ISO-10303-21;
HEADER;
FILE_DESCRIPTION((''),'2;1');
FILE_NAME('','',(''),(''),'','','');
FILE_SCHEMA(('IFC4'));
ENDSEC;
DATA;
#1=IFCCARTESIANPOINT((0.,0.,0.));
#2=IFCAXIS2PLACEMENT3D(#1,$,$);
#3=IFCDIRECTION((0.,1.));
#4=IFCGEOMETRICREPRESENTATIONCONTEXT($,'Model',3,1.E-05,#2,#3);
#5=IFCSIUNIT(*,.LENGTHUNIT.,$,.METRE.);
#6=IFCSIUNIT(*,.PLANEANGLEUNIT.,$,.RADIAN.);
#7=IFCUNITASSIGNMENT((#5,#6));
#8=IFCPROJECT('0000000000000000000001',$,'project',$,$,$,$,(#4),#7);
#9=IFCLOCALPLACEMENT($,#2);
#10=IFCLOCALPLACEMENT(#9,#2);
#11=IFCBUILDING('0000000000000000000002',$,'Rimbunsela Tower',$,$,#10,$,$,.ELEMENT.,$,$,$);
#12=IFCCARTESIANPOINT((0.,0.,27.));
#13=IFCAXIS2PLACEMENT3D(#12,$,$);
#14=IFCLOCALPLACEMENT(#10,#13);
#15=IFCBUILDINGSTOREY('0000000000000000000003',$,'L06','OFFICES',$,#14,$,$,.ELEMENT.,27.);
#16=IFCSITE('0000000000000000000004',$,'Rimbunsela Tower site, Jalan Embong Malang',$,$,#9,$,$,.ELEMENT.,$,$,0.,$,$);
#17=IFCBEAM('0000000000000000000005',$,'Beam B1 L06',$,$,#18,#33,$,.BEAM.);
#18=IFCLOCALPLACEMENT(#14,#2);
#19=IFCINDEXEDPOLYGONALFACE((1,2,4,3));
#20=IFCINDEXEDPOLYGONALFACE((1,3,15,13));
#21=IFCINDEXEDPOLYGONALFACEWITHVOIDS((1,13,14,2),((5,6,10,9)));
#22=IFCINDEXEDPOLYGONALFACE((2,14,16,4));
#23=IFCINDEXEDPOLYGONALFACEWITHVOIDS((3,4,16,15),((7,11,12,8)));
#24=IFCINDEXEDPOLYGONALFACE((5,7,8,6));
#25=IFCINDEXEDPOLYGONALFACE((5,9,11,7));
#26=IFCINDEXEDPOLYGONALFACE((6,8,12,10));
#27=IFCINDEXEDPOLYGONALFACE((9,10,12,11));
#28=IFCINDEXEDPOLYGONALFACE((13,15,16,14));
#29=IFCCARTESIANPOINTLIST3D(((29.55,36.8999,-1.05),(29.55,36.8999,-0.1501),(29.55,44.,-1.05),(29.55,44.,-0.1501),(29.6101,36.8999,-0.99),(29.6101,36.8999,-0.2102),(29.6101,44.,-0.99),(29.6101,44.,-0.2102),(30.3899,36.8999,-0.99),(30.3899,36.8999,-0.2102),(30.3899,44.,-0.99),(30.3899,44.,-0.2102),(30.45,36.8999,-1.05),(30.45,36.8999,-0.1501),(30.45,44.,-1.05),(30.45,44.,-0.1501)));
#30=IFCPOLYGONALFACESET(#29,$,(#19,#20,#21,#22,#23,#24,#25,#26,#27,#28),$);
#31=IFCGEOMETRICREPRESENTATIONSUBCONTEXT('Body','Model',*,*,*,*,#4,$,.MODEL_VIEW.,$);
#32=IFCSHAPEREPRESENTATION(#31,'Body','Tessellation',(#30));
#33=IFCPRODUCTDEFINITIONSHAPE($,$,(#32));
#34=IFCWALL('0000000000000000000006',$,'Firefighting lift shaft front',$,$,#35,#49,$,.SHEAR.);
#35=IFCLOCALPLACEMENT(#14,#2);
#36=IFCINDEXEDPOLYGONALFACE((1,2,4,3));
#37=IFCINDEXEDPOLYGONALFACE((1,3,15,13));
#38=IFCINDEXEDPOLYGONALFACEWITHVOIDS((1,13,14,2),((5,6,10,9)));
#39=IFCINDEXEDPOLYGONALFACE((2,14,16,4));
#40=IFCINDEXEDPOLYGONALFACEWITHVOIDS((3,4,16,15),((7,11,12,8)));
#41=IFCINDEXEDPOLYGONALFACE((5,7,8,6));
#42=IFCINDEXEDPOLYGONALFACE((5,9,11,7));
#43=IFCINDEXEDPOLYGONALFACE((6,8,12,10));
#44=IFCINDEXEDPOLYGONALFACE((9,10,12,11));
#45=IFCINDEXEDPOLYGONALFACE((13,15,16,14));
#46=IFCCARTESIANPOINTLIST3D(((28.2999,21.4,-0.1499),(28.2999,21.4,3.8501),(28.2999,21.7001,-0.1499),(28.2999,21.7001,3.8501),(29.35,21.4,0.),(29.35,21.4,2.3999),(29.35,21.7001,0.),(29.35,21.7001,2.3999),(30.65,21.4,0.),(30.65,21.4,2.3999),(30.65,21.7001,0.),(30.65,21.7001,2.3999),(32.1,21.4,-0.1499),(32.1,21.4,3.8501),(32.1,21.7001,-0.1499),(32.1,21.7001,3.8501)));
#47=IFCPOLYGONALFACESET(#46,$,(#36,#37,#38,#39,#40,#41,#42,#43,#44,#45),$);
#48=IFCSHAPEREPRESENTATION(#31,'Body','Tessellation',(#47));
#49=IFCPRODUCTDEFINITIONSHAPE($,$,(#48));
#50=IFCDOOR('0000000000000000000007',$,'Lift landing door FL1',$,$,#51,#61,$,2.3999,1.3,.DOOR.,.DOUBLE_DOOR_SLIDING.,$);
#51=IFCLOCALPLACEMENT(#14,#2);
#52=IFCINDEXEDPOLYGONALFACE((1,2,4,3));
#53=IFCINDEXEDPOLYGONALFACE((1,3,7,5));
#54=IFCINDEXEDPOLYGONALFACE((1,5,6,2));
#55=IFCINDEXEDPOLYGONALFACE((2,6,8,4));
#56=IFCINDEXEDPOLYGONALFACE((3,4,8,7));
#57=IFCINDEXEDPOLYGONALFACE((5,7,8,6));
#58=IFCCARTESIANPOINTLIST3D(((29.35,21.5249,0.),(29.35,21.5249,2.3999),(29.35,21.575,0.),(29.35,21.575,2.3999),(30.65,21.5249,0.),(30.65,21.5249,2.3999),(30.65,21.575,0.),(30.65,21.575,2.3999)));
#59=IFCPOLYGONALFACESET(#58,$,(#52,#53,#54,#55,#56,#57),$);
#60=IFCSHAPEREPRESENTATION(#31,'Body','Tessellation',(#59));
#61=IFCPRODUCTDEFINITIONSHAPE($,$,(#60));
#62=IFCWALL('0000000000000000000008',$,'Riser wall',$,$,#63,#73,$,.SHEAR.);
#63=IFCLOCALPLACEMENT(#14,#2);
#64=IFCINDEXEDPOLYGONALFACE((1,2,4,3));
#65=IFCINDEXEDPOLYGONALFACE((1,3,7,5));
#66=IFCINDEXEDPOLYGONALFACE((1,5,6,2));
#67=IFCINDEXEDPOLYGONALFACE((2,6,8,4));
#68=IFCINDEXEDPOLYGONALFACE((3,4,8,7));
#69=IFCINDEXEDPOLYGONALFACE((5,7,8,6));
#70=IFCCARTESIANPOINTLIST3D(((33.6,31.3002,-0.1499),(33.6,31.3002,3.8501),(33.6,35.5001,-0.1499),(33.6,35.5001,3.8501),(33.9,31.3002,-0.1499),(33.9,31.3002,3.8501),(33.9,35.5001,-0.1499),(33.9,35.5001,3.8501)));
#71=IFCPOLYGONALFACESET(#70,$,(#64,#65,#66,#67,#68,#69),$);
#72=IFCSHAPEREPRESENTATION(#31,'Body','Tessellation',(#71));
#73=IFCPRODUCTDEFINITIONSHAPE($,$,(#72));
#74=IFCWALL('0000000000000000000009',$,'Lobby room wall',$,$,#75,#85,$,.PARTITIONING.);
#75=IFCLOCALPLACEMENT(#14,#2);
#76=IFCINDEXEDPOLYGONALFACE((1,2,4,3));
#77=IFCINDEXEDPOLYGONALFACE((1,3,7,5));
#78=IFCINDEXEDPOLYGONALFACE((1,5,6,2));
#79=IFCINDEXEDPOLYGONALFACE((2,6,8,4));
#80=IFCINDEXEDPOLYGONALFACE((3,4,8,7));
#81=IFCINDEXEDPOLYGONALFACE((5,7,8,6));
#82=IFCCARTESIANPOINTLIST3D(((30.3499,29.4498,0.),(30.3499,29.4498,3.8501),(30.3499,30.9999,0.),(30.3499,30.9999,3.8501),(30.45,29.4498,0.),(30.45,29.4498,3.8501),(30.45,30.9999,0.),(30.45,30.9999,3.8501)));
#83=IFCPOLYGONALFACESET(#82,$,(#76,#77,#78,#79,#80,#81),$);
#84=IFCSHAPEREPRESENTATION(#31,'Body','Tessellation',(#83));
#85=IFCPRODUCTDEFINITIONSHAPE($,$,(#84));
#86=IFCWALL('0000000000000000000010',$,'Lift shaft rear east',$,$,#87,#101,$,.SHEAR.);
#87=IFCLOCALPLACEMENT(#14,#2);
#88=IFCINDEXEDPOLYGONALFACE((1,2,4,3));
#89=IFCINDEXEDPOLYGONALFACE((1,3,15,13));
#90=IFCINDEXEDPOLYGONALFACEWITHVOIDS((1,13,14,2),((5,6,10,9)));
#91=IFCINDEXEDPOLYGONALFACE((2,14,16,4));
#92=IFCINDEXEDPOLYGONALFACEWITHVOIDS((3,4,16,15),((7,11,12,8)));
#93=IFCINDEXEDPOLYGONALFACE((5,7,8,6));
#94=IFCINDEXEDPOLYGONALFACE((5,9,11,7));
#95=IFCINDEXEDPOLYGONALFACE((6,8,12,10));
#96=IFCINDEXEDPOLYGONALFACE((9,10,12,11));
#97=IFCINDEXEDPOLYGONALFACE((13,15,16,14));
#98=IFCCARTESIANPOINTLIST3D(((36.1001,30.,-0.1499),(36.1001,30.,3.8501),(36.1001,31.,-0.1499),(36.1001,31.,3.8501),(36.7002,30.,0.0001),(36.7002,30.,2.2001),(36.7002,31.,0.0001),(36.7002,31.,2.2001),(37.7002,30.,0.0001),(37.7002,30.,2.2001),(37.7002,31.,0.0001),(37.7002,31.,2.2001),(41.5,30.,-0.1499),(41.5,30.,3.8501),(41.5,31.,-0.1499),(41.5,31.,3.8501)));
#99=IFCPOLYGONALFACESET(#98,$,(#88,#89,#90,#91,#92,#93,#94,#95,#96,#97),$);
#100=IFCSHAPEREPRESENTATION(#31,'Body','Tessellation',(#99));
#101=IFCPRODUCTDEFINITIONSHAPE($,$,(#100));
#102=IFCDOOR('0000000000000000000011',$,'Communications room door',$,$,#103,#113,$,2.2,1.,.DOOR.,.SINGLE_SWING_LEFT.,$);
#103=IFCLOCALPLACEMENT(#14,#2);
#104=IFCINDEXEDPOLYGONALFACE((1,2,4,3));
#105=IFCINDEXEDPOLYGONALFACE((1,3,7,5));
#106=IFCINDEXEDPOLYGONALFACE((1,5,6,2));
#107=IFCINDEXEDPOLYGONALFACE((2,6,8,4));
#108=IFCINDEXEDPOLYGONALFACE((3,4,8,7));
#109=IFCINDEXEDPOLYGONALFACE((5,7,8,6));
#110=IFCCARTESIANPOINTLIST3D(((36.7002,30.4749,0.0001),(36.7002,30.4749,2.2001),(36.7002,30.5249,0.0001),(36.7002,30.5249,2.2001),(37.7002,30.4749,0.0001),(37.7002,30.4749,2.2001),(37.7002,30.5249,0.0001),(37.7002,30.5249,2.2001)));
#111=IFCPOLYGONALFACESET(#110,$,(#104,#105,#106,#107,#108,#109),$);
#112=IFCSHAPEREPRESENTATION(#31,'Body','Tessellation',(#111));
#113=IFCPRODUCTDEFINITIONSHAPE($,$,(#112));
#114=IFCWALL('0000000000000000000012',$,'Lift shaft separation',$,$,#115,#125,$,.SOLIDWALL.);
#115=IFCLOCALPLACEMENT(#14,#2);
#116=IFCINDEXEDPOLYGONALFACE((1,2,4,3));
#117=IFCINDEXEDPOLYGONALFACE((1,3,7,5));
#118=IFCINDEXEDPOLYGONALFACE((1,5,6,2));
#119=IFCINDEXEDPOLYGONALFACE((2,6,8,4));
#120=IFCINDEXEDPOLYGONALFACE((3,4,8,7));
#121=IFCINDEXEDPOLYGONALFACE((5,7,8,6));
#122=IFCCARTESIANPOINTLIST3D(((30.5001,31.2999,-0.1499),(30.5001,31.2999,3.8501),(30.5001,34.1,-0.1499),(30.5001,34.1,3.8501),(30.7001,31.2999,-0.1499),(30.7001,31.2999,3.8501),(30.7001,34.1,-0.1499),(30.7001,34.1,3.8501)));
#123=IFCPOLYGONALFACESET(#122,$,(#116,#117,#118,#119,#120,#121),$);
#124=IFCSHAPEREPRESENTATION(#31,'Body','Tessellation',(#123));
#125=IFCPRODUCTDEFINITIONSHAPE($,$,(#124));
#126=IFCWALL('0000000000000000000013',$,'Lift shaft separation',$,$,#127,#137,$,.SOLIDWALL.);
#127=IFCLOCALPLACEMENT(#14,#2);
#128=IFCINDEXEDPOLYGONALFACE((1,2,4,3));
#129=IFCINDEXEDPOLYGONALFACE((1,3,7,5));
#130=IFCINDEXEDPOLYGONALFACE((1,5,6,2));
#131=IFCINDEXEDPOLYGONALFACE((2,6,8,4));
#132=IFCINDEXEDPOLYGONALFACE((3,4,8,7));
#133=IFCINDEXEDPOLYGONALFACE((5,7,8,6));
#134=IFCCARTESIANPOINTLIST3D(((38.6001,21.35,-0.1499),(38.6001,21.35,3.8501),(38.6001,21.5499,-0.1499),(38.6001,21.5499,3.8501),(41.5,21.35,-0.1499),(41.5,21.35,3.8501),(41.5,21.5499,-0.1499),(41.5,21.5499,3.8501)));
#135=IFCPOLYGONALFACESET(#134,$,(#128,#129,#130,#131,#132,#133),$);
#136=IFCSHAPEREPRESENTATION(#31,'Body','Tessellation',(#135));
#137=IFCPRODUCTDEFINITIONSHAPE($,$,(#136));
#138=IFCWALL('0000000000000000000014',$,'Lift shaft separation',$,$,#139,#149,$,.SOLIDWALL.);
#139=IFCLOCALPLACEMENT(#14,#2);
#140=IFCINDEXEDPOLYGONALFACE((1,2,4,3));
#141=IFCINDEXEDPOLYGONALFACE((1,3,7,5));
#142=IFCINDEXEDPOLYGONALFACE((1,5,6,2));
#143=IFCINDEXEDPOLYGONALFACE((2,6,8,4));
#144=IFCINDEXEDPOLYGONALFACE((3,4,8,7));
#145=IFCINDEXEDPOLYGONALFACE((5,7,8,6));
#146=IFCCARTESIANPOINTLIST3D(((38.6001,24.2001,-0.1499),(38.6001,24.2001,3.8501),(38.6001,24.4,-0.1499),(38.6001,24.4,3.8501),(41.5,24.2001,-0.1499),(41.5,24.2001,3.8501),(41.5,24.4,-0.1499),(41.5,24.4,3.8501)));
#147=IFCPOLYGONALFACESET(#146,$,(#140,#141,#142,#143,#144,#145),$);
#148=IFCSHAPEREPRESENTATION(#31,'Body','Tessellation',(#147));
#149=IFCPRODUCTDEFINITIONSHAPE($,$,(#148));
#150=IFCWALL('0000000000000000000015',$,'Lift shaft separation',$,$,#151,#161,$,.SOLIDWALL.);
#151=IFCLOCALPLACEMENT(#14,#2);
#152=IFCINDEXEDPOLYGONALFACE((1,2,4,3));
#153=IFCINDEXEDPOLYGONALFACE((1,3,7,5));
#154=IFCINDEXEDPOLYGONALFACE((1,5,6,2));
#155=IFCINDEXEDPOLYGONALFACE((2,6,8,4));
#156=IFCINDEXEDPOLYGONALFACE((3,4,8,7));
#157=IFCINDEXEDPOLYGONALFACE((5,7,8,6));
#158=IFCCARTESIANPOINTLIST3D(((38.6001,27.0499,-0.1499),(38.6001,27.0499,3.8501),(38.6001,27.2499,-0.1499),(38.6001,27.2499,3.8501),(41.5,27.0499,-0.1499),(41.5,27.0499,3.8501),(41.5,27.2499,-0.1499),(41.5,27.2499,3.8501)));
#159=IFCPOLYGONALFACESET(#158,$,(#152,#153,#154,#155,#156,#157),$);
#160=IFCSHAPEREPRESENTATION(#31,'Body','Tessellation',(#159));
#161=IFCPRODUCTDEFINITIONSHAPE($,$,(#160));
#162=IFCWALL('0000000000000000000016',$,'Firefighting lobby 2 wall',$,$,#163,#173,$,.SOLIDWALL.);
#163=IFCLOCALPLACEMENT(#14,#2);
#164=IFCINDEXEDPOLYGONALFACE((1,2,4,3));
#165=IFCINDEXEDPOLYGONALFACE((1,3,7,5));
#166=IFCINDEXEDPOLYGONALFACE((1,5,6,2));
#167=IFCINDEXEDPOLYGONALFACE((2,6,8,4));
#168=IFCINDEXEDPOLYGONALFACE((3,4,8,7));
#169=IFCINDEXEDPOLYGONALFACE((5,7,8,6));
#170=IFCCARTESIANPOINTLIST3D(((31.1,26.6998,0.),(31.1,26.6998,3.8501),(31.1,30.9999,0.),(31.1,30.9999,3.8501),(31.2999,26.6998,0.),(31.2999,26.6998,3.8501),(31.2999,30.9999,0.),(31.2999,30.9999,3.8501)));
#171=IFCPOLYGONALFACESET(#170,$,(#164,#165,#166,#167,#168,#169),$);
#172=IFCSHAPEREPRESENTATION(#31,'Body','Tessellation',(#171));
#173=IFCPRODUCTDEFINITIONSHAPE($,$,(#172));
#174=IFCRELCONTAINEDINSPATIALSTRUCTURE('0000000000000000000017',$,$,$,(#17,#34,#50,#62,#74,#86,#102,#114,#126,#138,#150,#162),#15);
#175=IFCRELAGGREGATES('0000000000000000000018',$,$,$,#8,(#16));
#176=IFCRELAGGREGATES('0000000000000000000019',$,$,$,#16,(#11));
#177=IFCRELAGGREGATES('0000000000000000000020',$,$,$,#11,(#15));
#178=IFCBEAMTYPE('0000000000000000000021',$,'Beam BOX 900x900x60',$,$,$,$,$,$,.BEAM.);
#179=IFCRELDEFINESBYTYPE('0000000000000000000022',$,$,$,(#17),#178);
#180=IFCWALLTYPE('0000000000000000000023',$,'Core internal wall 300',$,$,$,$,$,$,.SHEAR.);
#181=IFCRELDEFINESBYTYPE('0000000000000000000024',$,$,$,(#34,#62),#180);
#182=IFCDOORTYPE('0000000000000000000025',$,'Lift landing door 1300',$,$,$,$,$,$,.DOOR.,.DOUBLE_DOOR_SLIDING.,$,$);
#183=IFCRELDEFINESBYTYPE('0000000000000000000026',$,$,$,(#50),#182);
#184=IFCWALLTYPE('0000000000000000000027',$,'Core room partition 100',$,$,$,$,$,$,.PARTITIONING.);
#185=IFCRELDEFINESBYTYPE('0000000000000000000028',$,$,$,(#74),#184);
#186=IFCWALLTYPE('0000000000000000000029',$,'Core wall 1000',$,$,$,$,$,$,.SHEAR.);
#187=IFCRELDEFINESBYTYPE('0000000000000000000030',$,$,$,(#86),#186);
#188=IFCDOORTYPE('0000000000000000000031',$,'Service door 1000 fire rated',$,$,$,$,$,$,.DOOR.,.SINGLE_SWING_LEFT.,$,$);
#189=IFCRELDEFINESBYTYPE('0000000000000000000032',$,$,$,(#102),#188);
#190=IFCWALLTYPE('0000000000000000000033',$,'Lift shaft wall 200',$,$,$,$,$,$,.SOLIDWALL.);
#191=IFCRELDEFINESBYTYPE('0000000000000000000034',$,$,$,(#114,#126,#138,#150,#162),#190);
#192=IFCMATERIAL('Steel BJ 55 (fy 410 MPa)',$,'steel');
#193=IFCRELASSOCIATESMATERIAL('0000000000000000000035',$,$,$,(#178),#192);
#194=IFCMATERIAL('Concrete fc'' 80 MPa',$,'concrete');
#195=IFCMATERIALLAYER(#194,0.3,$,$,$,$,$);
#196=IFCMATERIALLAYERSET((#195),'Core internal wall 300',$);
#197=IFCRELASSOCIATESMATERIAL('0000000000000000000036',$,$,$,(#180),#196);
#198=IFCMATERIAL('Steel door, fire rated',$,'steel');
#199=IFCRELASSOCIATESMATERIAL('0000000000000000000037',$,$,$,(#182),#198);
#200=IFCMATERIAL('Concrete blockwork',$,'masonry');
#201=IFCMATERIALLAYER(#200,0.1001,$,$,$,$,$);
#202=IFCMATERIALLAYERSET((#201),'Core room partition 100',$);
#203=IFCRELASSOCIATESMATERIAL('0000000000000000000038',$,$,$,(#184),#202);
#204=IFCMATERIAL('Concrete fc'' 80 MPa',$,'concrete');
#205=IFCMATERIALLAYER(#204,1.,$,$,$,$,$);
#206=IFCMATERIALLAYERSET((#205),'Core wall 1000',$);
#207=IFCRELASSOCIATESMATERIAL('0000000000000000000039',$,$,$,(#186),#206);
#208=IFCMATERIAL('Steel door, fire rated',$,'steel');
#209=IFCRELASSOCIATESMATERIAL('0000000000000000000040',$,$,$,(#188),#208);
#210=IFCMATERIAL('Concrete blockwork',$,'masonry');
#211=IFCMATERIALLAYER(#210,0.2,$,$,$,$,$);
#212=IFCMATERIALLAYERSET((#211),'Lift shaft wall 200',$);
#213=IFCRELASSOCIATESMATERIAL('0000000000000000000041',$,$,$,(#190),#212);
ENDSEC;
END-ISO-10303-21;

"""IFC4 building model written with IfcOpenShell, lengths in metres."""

from ifc_helpers import new_model, si_unit, direction, frame, frame_2d, origin, origin_2d, place, context, subcontext, project, spatial, rectangle, hollow_rectangle, extrude, material, layer, layer_set, material_profile, profile_set, type_object, element, fill, save


model = new_model("IFC4")

# Units and contexts
model_context = context("Model", 3, precision=1e-05, world=origin(), true_north=direction((0.0, 1.0)))
body_context = subcontext(model_context, "Body", "Model", "MODEL_VIEW")
ifc_project = project(units=[si_unit("LENGTHUNIT", "METRE"), si_unit("PLANEANGLEUNIT", "RADIAN")], contexts=[model_context])

# Site, building, storey
site_placement = place(None, origin())
site = spatial("IfcSite", under=ifc_project, at=site_placement, Name="Rimbunsela Tower site, Jalan Embong Malang", CompositionType="ELEMENT", RefElevation=0.0)
building_placement = place(site_placement, origin())
building = spatial("IfcBuilding", under=site, at=building_placement, Name="Rimbunsela Tower", CompositionType="ELEMENT")
storey_placement = place(building_placement, frame((0.0, 0.0, 27.0)))
storey = spatial("IfcBuildingStorey", under=building, at=storey_placement, Name="L06", Description="OFFICES", CompositionType="ELEMENT", Elevation=27.0)

# Beam
ifc_material_1 = material(Name="Steel BJ 55 (fy 410 MPa)", Category="steel")
ifc_material_profile = material_profile(ifc_material_1, hollow_rectangle(XDim=0.8999, YDim=0.8999, WallThickness=0.0601, at=origin_2d()), Name="BOX 900x900x60")
ifc_profile_set = profile_set([ifc_material_profile], Name="Steel BJ 55 (fy 410 MPa)")
beam_type = type_object("IfcBeamType", Name="Beam BOX 900x900x60", PredefinedType="BEAM", material=ifc_profile_set)
beam_placement = place(storey_placement, frame((30.0, 36.8999, -0.6001), z_axis=(0.0, 1.0, 0.0), x_axis=(-1.0, 0.0, 0.0)))
element("IfcBeam", 1, at=beam_placement, inside=storey, type_object=beam_type, Name="Beam B1 L06", PredefinedType="BEAM", context=body_context, shape_type="SweptSolid", body=[
    extrude(hollow_rectangle(XDim=0.8999, YDim=0.8999, WallThickness=0.0601, at=origin_2d()), origin(), (0.0, 0.0, 1.0), 7.1001),
])

# Wall, opening, door
ifc_material_2 = material(Name="Concrete fc' 80 MPa", Category="concrete")
ifc_layer_1 = layer(ifc_material_2, 0.3)
ifc_layer_set_1 = layer_set([ifc_layer_1], Name="Core internal wall 300")
wall_type_1 = type_object("IfcWallType", Name="Core internal wall 300", PredefinedType="SHEAR", material=ifc_layer_set_1)
wall_1_placement = place(storey_placement, frame((28.3, 21.55, -0.1499), z_axis=(0.0, 0.0, 1.0), x_axis=(1.0, 0.0, 0.0)))
wall_1 = element("IfcWall", 2, at=wall_1_placement, inside=storey, type_object=wall_type_1, Name="Firefighting lift shaft front", PredefinedType="SHEAR", context=body_context, shape_type="SweptSolid", body=[
    extrude(rectangle(XDim=3.8, YDim=0.3, at=frame_2d((1.8999, 0.0))), origin(), (0.0, 0.0, 1.0), 4.0),
])
opening_1_placement = place(wall_1_placement, frame((1.05, 0.0, 0.1499)))
opening_1 = element("IfcOpeningElement", 3, at=opening_1_placement, cuts=wall_1, PredefinedType="OPENING", context=body_context, shape_type="SweptSolid", body=[
    extrude(rectangle(XDim=1.3, YDim=2.3999, at=frame_2d((0.6499, 1.2))), frame((0.0, 0.1599, 0.0), z_axis=(0.0, -1.0, 0.0), x_axis=(1.0, 0.0, 0.0)), (0.0, 0.0, 1.0), 0.3201),
])
ifc_material_3 = material(Name="Steel door, fire rated", Category="steel")
door_type_1 = type_object("IfcDoorType", Name="Lift landing door 1300", OperationType="DOUBLE_DOOR_SLIDING", PredefinedType="DOOR", material=ifc_material_3)
door_1_placement = place(opening_1_placement, origin())
door_1 = element("IfcDoor", 4, at=door_1_placement, inside=storey, type_object=door_type_1, Name="Lift landing door FL1", OperationType="DOUBLE_DOOR_SLIDING", OverallHeight=2.3999, OverallWidth=1.3, PredefinedType="DOOR", context=body_context, shape_type="SweptSolid", body=[
    extrude(rectangle(XDim=1.3, YDim=2.3999, at=frame_2d((0.6499, 1.2))), frame((0.0, 0.0249, 0.0), z_axis=(0.0, -1.0, 0.0), x_axis=(1.0, 0.0, 0.0)), (0.0, 0.0, 1.0), 0.05),
])
fill(opening_1, door_1)

# Walls
wall_2_placement = place(storey_placement, frame((33.75, 31.3, -0.1499), z_axis=(0.0, 0.0, 1.0), x_axis=(0.0, 1.0, 0.0)))
element("IfcWall", 5, at=wall_2_placement, inside=storey, type_object=wall_type_1, Name="Riser wall", PredefinedType="SHEAR", context=body_context, shape_type="SweptSolid", body=[
    extrude(rectangle(XDim=4.2, YDim=0.3, at=frame_2d((2.1001, 0.0))), origin(), (0.0, 0.0, 1.0), 4.0),
])
ifc_material_4 = material(Name="Concrete blockwork", Category="masonry")
ifc_layer_2 = layer(ifc_material_4, 0.1001)
ifc_layer_set_2 = layer_set([ifc_layer_2], Name="Core room partition 100")
wall_type_2 = type_object("IfcWallType", Name="Core room partition 100", PredefinedType="PARTITIONING", material=ifc_layer_set_2)
wall_3_placement = place(storey_placement, frame((30.3999, 29.45, 0.0), z_axis=(0.0, 0.0, 1.0), x_axis=(0.0, 1.0, 0.0)))
element("IfcWall", 6, at=wall_3_placement, inside=storey, type_object=wall_type_2, Name="Lobby room wall", PredefinedType="PARTITIONING", context=body_context, shape_type="SweptSolid", body=[
    extrude(rectangle(XDim=1.55, YDim=0.1001, at=frame_2d((0.7749, 0.0))), origin(), (0.0, 0.0, 1.0), 3.8501),
])

# Wall, opening, door
ifc_material_5 = material(Name="Concrete fc' 80 MPa", Category="concrete")
ifc_layer_3 = layer(ifc_material_5, 1.0)
ifc_layer_set_3 = layer_set([ifc_layer_3], Name="Core wall 1000")
wall_type_3 = type_object("IfcWallType", Name="Core wall 1000", PredefinedType="SHEAR", material=ifc_layer_set_3)
wall_4_placement = place(storey_placement, frame((36.1001, 30.5, -0.1499), z_axis=(0.0, 0.0, 1.0), x_axis=(1.0, 0.0, 0.0)))
wall_4 = element("IfcWall", 7, at=wall_4_placement, inside=storey, type_object=wall_type_3, Name="Lift shaft rear east", PredefinedType="SHEAR", context=body_context, shape_type="SweptSolid", body=[
    extrude(rectangle(XDim=5.3999, YDim=1.0, at=frame_2d((2.7, 0.0))), origin(), (0.0, 0.0, 1.0), 4.0),
])
opening_2_placement = place(wall_4_placement, frame((0.6001, 0.0, 0.1499)))
opening_2 = element("IfcOpeningElement", 8, at=opening_2_placement, cuts=wall_4, PredefinedType="OPENING", context=body_context, shape_type="SweptSolid", body=[
    extrude(rectangle(XDim=1.0, YDim=2.2, at=frame_2d((0.5, 1.1001))), frame((0.0, 0.51, 0.0), z_axis=(0.0, -1.0, 0.0), x_axis=(1.0, 0.0, 0.0)), (0.0, 0.0, 1.0), 1.02),
])
ifc_material_6 = material(Name="Steel door, fire rated", Category="steel")
door_type_2 = type_object("IfcDoorType", Name="Service door 1000 fire rated", OperationType="SINGLE_SWING_LEFT", PredefinedType="DOOR", material=ifc_material_6)
door_2_placement = place(opening_2_placement, origin())
door_2 = element("IfcDoor", 9, at=door_2_placement, inside=storey, type_object=door_type_2, Name="Communications room door", OperationType="SINGLE_SWING_LEFT", OverallHeight=2.2, OverallWidth=1.0, PredefinedType="DOOR", context=body_context, shape_type="SweptSolid", body=[
    extrude(rectangle(XDim=1.0, YDim=2.2, at=frame_2d((0.5, 1.1001))), frame((0.0, 0.0249, 0.0), z_axis=(0.0, -1.0, 0.0), x_axis=(1.0, 0.0, 0.0)), (0.0, 0.0, 1.0), 0.05),
])
fill(opening_2, door_2)

# Walls
ifc_material_7 = material(Name="Concrete blockwork", Category="masonry")
ifc_layer_4 = layer(ifc_material_7, 0.2)
ifc_layer_set_4 = layer_set([ifc_layer_4], Name="Lift shaft wall 200")
wall_type_4 = type_object("IfcWallType", Name="Lift shaft wall 200", PredefinedType="SOLIDWALL", material=ifc_layer_set_4)
wall_5_placement = place(storey_placement, frame((30.6001, 31.3, -0.1499), z_axis=(0.0, 0.0, 1.0), x_axis=(0.0, 1.0, 0.0)))
element("IfcWall", 10, at=wall_5_placement, inside=storey, type_object=wall_type_4, Name="Lift shaft separation", PredefinedType="SOLIDWALL", context=body_context, shape_type="SweptSolid", body=[
    extrude(rectangle(XDim=2.8, YDim=0.2, at=frame_2d((1.3999, 0.0))), origin(), (0.0, 0.0, 1.0), 4.0),
])
for number, where, z_axis, x_axis, name in (
    (11, (38.6001, 21.45, -0.1499), (0.0, 0.0, 1.0), (1.0, 0.0, 0.0), "Lift shaft separation"),
    (12, (38.6001, 24.3, -0.1499), (0.0, 0.0, 1.0), (1.0, 0.0, 0.0), "Lift shaft separation"),
    (13, (38.6001, 27.1499, -0.1499), (0.0, 0.0, 1.0), (1.0, 0.0, 0.0), "Lift shaft separation"),
):
    element("IfcWall", number, at=place(storey_placement, frame(where, z_axis=z_axis, x_axis=x_axis)), inside=storey, type_object=wall_type_4, Name=name, PredefinedType="SOLIDWALL", context=body_context, shape_type="SweptSolid", body=[
        extrude(rectangle(XDim=2.8999, YDim=0.2, at=frame_2d((1.45, 0.0))), origin(), (0.0, 0.0, 1.0), 4.0),
    ])
wall_6_placement = place(storey_placement, frame((31.2, 26.7, 0.0), z_axis=(0.0, 0.0, 1.0), x_axis=(0.0, 1.0, 0.0)))
element("IfcWall", 14, at=wall_6_placement, inside=storey, type_object=wall_type_4, Name="Firefighting lobby 2 wall", PredefinedType="SOLIDWALL", context=body_context, shape_type="SweptSolid", body=[
    extrude(rectangle(XDim=4.3, YDim=0.2, at=frame_2d((2.1499, 0.0))), origin(), (0.0, 0.0, 1.0), 3.8501),
])

save(model, "model.ifc")
